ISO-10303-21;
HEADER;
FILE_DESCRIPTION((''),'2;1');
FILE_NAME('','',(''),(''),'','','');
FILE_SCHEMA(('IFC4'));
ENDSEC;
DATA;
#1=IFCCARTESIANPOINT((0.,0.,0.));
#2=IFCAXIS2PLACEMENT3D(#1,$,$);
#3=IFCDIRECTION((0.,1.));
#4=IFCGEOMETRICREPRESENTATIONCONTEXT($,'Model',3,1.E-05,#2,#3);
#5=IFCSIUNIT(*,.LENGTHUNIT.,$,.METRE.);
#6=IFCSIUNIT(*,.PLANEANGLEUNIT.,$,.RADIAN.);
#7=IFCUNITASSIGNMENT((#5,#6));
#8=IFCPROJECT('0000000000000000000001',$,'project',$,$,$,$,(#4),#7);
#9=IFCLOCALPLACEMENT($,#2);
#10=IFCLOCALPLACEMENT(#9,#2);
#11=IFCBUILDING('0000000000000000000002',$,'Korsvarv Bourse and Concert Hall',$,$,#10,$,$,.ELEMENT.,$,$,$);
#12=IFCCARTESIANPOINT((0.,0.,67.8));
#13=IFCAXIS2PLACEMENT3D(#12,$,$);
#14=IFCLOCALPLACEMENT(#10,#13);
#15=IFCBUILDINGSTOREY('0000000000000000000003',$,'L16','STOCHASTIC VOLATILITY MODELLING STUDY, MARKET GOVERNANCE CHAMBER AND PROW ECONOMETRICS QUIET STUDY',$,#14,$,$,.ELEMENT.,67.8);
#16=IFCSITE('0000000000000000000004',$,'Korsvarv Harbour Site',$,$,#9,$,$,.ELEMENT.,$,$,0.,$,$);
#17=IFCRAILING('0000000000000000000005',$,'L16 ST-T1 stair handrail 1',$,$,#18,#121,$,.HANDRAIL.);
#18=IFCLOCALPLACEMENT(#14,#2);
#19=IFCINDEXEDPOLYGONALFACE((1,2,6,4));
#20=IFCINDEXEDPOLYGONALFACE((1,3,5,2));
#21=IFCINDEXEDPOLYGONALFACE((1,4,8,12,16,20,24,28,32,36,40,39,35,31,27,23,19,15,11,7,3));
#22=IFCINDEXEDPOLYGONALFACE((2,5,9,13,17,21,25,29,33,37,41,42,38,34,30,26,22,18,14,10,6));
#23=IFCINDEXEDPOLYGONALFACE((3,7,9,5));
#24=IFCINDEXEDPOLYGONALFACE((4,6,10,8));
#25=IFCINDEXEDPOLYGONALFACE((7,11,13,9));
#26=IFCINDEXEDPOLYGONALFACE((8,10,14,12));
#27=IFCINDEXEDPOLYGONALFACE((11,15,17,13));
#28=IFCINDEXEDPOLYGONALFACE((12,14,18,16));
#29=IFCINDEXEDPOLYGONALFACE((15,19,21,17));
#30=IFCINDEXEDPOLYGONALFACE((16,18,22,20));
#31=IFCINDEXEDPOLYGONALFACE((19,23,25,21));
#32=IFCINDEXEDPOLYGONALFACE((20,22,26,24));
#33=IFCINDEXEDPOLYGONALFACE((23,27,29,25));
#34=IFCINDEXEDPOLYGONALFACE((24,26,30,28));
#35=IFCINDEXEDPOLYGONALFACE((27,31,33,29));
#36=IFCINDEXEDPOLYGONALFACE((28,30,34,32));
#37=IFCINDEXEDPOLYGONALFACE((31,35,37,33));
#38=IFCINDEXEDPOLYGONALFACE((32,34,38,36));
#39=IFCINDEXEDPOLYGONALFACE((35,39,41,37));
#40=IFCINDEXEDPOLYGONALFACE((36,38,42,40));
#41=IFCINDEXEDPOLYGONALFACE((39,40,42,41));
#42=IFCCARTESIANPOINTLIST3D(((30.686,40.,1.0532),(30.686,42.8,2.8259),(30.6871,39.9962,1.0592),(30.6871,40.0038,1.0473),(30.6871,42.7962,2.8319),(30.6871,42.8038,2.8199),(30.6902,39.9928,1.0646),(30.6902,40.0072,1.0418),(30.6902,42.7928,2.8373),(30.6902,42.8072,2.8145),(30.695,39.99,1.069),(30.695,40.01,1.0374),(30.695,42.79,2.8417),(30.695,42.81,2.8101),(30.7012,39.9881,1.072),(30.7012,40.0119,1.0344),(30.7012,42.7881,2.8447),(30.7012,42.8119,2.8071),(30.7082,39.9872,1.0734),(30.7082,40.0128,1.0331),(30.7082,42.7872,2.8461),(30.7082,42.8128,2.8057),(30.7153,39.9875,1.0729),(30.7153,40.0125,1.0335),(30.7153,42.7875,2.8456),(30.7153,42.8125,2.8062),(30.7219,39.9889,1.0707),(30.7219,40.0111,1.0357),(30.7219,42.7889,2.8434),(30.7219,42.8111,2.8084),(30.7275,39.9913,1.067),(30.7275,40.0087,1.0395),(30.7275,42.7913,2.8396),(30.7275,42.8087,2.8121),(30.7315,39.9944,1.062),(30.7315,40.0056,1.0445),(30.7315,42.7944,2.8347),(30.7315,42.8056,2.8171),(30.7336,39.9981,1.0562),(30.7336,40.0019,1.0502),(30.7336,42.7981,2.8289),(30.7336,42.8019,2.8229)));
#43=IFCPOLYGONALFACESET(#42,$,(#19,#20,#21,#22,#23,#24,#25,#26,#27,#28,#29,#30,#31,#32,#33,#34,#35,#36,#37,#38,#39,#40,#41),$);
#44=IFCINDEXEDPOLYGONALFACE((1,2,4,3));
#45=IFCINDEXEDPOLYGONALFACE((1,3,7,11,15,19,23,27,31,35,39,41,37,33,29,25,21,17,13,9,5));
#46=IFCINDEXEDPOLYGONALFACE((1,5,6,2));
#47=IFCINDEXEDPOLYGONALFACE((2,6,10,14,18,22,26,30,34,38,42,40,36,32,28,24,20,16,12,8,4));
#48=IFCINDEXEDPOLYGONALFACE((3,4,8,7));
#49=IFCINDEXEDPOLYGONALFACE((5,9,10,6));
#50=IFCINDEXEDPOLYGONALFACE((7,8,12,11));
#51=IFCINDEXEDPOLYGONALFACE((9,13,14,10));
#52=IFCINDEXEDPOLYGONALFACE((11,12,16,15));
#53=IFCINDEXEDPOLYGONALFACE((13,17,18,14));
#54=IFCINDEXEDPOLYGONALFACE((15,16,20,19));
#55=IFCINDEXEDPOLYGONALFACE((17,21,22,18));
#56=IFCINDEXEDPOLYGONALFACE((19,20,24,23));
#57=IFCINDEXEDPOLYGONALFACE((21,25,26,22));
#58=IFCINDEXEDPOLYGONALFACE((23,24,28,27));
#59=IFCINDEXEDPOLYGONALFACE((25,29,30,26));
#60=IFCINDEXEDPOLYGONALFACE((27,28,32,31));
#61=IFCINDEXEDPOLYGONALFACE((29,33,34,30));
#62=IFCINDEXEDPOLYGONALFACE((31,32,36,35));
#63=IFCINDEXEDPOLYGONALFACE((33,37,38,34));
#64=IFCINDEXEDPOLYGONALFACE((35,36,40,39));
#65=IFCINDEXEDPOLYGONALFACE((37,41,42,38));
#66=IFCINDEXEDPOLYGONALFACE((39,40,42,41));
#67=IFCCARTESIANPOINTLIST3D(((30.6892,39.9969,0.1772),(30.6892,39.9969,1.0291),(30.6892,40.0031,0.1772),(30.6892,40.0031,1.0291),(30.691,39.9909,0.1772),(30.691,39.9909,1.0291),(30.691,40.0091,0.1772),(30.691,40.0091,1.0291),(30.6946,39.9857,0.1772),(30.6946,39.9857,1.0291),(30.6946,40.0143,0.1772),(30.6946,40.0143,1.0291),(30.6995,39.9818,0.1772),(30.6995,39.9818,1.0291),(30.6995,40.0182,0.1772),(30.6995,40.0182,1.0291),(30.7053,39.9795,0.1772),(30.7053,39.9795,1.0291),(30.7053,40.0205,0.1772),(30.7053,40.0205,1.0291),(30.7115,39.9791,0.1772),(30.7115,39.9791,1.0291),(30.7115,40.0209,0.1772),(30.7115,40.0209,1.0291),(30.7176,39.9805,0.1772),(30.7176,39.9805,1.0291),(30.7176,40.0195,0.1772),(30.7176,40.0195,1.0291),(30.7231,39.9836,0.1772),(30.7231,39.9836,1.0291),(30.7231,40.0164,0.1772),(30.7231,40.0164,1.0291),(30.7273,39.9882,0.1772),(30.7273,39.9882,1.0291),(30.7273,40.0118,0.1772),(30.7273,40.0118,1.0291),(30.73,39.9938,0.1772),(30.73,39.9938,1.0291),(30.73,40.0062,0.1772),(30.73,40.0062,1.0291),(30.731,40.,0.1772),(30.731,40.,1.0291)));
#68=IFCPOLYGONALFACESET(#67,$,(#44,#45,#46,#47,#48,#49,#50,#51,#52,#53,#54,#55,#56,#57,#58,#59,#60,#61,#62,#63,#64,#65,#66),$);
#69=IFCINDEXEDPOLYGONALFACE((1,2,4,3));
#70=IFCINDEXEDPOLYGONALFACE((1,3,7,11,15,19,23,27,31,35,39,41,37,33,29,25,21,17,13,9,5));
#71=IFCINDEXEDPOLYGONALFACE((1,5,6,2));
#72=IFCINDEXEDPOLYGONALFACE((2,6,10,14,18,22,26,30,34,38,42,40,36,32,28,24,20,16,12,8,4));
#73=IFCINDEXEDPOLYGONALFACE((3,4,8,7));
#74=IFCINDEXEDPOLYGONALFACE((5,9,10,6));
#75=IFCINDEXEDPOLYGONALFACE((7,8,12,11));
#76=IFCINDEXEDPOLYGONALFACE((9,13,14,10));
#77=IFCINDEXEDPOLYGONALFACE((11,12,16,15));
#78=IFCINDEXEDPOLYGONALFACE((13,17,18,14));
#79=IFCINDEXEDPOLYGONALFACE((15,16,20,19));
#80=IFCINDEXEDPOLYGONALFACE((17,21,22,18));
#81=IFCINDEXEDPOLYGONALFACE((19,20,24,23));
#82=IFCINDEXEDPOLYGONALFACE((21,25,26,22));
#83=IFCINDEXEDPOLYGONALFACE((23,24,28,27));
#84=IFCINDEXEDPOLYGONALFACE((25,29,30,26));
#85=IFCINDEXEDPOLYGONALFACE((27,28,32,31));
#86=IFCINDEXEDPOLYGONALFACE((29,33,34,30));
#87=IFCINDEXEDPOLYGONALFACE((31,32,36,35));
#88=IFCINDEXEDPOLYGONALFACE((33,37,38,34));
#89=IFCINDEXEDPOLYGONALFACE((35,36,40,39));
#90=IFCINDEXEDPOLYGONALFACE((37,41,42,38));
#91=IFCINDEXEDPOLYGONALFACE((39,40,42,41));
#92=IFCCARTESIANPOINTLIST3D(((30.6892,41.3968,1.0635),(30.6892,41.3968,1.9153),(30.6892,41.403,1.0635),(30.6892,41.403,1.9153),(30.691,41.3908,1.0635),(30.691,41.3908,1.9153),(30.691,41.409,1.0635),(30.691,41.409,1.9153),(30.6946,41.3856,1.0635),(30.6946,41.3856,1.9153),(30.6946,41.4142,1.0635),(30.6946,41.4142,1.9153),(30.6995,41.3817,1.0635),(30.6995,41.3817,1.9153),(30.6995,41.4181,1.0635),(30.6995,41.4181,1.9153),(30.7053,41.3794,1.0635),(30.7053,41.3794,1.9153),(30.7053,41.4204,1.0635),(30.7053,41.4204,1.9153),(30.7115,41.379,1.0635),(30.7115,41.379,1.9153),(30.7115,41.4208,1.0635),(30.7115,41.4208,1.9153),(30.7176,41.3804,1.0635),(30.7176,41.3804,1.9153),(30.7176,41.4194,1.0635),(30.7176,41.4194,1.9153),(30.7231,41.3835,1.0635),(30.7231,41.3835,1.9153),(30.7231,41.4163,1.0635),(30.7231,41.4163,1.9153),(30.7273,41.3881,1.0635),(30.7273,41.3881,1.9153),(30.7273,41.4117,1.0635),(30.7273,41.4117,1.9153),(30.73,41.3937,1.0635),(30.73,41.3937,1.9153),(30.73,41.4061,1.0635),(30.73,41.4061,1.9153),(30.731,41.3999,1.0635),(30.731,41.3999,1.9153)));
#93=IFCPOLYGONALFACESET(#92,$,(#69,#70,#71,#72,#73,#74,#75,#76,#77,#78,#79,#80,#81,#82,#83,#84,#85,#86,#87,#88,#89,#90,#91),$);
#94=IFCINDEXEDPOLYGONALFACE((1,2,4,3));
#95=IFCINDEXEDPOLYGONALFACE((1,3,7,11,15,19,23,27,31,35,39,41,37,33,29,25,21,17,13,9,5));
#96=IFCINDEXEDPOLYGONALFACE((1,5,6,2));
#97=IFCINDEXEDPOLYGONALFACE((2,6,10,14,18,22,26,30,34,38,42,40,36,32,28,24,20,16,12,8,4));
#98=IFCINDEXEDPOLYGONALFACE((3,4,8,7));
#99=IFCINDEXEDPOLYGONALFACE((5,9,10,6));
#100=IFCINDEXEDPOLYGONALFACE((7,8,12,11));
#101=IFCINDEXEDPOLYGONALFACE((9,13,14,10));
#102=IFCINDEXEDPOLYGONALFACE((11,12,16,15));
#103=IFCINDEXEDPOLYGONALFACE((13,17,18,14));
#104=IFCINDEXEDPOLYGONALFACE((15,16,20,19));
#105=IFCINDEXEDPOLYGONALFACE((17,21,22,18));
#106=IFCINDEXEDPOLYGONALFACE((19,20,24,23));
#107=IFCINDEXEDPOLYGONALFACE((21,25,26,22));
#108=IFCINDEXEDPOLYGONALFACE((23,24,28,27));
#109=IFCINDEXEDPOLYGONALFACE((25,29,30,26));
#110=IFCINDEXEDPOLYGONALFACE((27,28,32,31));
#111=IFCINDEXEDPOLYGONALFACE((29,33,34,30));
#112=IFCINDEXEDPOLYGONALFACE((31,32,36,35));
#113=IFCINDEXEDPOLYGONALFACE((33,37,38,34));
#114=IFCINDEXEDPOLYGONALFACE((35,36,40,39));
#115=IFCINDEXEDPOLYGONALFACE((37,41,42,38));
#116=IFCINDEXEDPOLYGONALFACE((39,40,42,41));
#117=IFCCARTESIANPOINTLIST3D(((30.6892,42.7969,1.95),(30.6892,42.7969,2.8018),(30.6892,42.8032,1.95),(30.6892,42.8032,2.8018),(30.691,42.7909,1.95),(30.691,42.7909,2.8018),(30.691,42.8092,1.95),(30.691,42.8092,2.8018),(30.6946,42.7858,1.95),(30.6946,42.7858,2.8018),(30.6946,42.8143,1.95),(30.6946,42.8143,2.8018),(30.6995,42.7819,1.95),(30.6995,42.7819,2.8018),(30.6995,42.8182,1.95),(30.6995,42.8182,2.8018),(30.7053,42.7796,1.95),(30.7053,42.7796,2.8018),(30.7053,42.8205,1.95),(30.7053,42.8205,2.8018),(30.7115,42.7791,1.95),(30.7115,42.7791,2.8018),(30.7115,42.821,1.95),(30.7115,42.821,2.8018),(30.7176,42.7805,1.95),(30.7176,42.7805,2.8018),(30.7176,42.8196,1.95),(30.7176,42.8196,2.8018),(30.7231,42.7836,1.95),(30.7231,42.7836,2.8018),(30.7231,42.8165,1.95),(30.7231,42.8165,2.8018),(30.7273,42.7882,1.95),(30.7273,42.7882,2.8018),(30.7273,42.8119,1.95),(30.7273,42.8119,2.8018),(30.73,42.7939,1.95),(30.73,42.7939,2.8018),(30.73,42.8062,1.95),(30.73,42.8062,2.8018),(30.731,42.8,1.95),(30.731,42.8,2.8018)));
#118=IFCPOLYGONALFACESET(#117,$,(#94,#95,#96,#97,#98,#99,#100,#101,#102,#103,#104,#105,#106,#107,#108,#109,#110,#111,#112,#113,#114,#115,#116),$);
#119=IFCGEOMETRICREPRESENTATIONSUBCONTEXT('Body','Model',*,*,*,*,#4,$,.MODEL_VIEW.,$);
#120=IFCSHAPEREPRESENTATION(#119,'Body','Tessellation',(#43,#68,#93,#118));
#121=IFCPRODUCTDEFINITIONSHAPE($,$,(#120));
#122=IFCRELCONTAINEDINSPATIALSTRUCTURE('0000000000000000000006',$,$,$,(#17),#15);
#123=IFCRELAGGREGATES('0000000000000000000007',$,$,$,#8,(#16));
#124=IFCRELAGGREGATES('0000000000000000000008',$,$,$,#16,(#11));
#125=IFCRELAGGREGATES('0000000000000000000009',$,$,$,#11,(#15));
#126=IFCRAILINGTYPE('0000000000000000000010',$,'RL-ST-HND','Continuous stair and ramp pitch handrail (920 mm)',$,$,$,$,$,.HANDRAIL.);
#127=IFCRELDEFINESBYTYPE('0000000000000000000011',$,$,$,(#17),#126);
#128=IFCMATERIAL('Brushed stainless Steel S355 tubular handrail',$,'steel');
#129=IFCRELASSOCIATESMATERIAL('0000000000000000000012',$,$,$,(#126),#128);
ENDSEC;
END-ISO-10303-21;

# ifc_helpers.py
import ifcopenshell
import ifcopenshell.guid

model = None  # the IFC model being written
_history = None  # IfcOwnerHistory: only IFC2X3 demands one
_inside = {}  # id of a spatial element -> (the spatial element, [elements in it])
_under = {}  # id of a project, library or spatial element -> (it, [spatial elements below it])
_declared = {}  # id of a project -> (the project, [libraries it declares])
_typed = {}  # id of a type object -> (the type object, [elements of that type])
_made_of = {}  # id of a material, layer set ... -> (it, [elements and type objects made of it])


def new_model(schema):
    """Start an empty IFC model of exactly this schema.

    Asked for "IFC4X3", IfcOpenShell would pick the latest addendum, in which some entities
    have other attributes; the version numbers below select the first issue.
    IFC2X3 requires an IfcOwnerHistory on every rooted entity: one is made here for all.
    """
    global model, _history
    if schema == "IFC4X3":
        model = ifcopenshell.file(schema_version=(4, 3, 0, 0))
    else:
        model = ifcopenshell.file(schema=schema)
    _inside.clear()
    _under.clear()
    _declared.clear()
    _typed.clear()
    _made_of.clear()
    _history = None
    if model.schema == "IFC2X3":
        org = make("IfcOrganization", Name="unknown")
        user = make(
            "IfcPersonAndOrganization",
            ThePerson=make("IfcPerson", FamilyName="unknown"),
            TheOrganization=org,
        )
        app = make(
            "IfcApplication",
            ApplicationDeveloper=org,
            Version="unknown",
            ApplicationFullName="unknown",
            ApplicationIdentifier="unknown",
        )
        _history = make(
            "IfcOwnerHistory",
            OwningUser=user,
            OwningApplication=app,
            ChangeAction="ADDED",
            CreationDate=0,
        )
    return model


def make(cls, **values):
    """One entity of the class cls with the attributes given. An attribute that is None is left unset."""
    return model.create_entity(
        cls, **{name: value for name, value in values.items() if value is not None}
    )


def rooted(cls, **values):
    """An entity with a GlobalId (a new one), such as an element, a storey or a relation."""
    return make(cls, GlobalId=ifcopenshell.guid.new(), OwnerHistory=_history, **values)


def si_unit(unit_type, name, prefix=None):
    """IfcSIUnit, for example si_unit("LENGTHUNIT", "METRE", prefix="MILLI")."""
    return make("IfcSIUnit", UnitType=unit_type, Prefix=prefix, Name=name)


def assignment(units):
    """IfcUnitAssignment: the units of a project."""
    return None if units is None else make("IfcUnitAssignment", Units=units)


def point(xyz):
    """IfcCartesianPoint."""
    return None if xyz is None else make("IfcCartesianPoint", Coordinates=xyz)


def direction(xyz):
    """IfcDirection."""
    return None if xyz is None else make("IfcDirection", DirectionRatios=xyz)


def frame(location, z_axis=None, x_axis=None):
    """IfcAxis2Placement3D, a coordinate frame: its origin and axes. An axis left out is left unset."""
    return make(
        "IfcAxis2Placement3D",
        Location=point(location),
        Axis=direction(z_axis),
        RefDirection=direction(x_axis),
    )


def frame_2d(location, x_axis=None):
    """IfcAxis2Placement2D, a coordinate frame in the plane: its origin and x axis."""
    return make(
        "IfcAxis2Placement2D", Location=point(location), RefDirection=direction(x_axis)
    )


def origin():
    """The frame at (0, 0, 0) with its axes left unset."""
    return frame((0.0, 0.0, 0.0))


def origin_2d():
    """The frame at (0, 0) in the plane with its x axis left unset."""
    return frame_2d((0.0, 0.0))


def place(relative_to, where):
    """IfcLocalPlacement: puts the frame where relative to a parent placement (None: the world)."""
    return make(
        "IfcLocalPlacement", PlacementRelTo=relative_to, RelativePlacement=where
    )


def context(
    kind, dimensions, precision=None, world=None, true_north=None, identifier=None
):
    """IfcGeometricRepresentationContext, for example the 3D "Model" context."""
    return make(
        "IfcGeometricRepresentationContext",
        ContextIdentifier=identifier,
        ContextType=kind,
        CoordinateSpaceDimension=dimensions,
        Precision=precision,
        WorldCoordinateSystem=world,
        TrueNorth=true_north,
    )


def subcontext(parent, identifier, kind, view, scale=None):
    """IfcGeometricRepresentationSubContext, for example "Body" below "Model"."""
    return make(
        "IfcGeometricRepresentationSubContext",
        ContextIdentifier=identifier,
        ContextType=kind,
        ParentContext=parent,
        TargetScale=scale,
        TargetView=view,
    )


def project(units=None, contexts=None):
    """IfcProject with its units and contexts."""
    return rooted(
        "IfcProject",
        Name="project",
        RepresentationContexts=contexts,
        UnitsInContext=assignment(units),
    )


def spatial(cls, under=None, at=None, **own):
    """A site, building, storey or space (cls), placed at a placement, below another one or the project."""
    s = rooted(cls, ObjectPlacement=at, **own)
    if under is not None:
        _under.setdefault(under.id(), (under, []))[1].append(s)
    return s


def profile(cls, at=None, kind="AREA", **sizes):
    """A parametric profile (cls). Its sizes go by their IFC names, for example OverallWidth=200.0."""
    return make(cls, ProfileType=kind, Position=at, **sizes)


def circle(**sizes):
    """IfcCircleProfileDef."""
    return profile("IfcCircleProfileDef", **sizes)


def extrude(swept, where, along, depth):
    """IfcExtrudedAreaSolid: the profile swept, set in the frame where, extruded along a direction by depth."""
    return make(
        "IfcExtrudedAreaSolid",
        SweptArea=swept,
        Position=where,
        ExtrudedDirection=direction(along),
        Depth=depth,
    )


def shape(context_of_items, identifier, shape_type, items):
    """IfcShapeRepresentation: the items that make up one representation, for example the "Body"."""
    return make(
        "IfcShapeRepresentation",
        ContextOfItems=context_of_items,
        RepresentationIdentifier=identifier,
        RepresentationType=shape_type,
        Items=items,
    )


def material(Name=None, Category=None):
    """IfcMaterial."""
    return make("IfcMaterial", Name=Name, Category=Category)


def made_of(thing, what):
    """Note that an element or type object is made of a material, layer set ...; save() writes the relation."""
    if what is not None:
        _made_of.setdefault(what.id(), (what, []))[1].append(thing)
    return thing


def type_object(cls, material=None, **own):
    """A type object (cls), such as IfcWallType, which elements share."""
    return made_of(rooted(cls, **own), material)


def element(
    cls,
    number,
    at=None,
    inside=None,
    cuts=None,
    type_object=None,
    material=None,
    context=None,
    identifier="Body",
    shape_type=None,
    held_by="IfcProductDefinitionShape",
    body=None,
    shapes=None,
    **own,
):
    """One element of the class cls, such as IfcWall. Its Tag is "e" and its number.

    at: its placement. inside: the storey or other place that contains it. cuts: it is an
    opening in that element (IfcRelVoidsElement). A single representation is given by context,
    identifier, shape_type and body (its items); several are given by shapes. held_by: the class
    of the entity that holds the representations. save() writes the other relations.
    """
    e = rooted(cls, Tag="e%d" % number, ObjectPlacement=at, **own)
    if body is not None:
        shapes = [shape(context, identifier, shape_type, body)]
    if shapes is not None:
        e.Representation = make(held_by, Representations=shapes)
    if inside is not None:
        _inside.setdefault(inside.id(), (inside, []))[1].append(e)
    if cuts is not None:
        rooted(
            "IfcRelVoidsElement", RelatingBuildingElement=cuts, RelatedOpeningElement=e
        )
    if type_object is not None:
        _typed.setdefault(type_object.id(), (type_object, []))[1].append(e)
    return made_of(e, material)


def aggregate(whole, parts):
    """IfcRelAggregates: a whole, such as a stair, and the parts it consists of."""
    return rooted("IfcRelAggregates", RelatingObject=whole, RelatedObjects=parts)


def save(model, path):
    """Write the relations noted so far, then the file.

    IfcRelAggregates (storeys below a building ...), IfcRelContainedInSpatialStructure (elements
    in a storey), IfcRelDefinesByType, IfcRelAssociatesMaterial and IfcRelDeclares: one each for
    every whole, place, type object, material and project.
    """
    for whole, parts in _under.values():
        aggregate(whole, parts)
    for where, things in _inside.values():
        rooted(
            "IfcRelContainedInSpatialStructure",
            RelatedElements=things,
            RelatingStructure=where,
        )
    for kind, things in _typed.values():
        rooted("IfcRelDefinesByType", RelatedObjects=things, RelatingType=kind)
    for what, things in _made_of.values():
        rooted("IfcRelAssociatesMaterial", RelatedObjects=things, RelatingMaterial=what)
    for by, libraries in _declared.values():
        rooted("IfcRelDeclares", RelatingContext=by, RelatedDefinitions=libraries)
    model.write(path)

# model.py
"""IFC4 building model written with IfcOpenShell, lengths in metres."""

from ifc_helpers import new_model, si_unit, direction, frame, origin, origin_2d, place, context, subcontext, project, spatial, circle, extrude, material, type_object, element, save


model = new_model("IFC4")

# Units and contexts
model_context = context("Model", 3, precision=1e-05, world=origin(), true_north=direction((0.0, 1.0)))
body_context = subcontext(model_context, "Body", "Model", "MODEL_VIEW")
ifc_project = project(units=[si_unit("LENGTHUNIT", "METRE"), si_unit("PLANEANGLEUNIT", "RADIAN")], contexts=[model_context])

# Site, building, storey
site_placement = place(None, origin())
site = spatial("IfcSite", under=ifc_project, at=site_placement, Name="Korsvarv Harbour Site", CompositionType="ELEMENT", RefElevation=0.0)
building_placement = place(site_placement, origin())
building = spatial("IfcBuilding", under=site, at=building_placement, Name="Korsvarv Bourse and Concert Hall", CompositionType="ELEMENT")
storey_placement = place(building_placement, frame((0.0, 0.0, 67.8)))
storey = spatial("IfcBuildingStorey", under=building, at=storey_placement, Name="L16", Description="STOCHASTIC VOLATILITY MODELLING STUDY, MARKET GOVERNANCE CHAMBER AND PROW ECONOMETRICS QUIET STUDY", CompositionType="ELEMENT", Elevation=67.8)

# Railing
ifc_material_1 = material(Name="Brushed stainless Steel S355 tubular handrail", Category="steel")
railing_type = type_object("IfcRailingType", Name="RL-ST-HND", Description="Continuous stair and ramp pitch handrail (920 mm)", PredefinedType="HANDRAIL", material=ifc_material_1)
railing_placement = place(storey_placement, frame((30.71, 40.0, 0.1772)))
element("IfcRailing", 1, at=railing_placement, inside=storey, type_object=railing_type, Name="L16 ST-T1 stair handrail 1", PredefinedType="HANDRAIL", context=body_context, shape_type="SweptSolid", body=[
    extrude(circle(Radius=0.0239, at=origin_2d()), frame((0.0, 0.0, 0.876), z_axis=(0.0, 0.844909, 0.53491), x_axis=(-1.0, 0.0, 0.0)), (0.0, 0.0, 1.0), 3.314),
    extrude(circle(Radius=0.021, at=origin_2d()), origin(), (0.0, 0.0, 1.0), 0.8518),
    extrude(circle(Radius=0.021, at=origin_2d()), frame((0.0, 1.3999, 0.8862)), (0.0, 0.0, 1.0), 0.8518),
    extrude(circle(Radius=0.021, at=origin_2d()), frame((0.0, 2.8, 1.7727)), (0.0, 0.0, 1.0), 0.8518),
])

save(model, "model.ifc")
